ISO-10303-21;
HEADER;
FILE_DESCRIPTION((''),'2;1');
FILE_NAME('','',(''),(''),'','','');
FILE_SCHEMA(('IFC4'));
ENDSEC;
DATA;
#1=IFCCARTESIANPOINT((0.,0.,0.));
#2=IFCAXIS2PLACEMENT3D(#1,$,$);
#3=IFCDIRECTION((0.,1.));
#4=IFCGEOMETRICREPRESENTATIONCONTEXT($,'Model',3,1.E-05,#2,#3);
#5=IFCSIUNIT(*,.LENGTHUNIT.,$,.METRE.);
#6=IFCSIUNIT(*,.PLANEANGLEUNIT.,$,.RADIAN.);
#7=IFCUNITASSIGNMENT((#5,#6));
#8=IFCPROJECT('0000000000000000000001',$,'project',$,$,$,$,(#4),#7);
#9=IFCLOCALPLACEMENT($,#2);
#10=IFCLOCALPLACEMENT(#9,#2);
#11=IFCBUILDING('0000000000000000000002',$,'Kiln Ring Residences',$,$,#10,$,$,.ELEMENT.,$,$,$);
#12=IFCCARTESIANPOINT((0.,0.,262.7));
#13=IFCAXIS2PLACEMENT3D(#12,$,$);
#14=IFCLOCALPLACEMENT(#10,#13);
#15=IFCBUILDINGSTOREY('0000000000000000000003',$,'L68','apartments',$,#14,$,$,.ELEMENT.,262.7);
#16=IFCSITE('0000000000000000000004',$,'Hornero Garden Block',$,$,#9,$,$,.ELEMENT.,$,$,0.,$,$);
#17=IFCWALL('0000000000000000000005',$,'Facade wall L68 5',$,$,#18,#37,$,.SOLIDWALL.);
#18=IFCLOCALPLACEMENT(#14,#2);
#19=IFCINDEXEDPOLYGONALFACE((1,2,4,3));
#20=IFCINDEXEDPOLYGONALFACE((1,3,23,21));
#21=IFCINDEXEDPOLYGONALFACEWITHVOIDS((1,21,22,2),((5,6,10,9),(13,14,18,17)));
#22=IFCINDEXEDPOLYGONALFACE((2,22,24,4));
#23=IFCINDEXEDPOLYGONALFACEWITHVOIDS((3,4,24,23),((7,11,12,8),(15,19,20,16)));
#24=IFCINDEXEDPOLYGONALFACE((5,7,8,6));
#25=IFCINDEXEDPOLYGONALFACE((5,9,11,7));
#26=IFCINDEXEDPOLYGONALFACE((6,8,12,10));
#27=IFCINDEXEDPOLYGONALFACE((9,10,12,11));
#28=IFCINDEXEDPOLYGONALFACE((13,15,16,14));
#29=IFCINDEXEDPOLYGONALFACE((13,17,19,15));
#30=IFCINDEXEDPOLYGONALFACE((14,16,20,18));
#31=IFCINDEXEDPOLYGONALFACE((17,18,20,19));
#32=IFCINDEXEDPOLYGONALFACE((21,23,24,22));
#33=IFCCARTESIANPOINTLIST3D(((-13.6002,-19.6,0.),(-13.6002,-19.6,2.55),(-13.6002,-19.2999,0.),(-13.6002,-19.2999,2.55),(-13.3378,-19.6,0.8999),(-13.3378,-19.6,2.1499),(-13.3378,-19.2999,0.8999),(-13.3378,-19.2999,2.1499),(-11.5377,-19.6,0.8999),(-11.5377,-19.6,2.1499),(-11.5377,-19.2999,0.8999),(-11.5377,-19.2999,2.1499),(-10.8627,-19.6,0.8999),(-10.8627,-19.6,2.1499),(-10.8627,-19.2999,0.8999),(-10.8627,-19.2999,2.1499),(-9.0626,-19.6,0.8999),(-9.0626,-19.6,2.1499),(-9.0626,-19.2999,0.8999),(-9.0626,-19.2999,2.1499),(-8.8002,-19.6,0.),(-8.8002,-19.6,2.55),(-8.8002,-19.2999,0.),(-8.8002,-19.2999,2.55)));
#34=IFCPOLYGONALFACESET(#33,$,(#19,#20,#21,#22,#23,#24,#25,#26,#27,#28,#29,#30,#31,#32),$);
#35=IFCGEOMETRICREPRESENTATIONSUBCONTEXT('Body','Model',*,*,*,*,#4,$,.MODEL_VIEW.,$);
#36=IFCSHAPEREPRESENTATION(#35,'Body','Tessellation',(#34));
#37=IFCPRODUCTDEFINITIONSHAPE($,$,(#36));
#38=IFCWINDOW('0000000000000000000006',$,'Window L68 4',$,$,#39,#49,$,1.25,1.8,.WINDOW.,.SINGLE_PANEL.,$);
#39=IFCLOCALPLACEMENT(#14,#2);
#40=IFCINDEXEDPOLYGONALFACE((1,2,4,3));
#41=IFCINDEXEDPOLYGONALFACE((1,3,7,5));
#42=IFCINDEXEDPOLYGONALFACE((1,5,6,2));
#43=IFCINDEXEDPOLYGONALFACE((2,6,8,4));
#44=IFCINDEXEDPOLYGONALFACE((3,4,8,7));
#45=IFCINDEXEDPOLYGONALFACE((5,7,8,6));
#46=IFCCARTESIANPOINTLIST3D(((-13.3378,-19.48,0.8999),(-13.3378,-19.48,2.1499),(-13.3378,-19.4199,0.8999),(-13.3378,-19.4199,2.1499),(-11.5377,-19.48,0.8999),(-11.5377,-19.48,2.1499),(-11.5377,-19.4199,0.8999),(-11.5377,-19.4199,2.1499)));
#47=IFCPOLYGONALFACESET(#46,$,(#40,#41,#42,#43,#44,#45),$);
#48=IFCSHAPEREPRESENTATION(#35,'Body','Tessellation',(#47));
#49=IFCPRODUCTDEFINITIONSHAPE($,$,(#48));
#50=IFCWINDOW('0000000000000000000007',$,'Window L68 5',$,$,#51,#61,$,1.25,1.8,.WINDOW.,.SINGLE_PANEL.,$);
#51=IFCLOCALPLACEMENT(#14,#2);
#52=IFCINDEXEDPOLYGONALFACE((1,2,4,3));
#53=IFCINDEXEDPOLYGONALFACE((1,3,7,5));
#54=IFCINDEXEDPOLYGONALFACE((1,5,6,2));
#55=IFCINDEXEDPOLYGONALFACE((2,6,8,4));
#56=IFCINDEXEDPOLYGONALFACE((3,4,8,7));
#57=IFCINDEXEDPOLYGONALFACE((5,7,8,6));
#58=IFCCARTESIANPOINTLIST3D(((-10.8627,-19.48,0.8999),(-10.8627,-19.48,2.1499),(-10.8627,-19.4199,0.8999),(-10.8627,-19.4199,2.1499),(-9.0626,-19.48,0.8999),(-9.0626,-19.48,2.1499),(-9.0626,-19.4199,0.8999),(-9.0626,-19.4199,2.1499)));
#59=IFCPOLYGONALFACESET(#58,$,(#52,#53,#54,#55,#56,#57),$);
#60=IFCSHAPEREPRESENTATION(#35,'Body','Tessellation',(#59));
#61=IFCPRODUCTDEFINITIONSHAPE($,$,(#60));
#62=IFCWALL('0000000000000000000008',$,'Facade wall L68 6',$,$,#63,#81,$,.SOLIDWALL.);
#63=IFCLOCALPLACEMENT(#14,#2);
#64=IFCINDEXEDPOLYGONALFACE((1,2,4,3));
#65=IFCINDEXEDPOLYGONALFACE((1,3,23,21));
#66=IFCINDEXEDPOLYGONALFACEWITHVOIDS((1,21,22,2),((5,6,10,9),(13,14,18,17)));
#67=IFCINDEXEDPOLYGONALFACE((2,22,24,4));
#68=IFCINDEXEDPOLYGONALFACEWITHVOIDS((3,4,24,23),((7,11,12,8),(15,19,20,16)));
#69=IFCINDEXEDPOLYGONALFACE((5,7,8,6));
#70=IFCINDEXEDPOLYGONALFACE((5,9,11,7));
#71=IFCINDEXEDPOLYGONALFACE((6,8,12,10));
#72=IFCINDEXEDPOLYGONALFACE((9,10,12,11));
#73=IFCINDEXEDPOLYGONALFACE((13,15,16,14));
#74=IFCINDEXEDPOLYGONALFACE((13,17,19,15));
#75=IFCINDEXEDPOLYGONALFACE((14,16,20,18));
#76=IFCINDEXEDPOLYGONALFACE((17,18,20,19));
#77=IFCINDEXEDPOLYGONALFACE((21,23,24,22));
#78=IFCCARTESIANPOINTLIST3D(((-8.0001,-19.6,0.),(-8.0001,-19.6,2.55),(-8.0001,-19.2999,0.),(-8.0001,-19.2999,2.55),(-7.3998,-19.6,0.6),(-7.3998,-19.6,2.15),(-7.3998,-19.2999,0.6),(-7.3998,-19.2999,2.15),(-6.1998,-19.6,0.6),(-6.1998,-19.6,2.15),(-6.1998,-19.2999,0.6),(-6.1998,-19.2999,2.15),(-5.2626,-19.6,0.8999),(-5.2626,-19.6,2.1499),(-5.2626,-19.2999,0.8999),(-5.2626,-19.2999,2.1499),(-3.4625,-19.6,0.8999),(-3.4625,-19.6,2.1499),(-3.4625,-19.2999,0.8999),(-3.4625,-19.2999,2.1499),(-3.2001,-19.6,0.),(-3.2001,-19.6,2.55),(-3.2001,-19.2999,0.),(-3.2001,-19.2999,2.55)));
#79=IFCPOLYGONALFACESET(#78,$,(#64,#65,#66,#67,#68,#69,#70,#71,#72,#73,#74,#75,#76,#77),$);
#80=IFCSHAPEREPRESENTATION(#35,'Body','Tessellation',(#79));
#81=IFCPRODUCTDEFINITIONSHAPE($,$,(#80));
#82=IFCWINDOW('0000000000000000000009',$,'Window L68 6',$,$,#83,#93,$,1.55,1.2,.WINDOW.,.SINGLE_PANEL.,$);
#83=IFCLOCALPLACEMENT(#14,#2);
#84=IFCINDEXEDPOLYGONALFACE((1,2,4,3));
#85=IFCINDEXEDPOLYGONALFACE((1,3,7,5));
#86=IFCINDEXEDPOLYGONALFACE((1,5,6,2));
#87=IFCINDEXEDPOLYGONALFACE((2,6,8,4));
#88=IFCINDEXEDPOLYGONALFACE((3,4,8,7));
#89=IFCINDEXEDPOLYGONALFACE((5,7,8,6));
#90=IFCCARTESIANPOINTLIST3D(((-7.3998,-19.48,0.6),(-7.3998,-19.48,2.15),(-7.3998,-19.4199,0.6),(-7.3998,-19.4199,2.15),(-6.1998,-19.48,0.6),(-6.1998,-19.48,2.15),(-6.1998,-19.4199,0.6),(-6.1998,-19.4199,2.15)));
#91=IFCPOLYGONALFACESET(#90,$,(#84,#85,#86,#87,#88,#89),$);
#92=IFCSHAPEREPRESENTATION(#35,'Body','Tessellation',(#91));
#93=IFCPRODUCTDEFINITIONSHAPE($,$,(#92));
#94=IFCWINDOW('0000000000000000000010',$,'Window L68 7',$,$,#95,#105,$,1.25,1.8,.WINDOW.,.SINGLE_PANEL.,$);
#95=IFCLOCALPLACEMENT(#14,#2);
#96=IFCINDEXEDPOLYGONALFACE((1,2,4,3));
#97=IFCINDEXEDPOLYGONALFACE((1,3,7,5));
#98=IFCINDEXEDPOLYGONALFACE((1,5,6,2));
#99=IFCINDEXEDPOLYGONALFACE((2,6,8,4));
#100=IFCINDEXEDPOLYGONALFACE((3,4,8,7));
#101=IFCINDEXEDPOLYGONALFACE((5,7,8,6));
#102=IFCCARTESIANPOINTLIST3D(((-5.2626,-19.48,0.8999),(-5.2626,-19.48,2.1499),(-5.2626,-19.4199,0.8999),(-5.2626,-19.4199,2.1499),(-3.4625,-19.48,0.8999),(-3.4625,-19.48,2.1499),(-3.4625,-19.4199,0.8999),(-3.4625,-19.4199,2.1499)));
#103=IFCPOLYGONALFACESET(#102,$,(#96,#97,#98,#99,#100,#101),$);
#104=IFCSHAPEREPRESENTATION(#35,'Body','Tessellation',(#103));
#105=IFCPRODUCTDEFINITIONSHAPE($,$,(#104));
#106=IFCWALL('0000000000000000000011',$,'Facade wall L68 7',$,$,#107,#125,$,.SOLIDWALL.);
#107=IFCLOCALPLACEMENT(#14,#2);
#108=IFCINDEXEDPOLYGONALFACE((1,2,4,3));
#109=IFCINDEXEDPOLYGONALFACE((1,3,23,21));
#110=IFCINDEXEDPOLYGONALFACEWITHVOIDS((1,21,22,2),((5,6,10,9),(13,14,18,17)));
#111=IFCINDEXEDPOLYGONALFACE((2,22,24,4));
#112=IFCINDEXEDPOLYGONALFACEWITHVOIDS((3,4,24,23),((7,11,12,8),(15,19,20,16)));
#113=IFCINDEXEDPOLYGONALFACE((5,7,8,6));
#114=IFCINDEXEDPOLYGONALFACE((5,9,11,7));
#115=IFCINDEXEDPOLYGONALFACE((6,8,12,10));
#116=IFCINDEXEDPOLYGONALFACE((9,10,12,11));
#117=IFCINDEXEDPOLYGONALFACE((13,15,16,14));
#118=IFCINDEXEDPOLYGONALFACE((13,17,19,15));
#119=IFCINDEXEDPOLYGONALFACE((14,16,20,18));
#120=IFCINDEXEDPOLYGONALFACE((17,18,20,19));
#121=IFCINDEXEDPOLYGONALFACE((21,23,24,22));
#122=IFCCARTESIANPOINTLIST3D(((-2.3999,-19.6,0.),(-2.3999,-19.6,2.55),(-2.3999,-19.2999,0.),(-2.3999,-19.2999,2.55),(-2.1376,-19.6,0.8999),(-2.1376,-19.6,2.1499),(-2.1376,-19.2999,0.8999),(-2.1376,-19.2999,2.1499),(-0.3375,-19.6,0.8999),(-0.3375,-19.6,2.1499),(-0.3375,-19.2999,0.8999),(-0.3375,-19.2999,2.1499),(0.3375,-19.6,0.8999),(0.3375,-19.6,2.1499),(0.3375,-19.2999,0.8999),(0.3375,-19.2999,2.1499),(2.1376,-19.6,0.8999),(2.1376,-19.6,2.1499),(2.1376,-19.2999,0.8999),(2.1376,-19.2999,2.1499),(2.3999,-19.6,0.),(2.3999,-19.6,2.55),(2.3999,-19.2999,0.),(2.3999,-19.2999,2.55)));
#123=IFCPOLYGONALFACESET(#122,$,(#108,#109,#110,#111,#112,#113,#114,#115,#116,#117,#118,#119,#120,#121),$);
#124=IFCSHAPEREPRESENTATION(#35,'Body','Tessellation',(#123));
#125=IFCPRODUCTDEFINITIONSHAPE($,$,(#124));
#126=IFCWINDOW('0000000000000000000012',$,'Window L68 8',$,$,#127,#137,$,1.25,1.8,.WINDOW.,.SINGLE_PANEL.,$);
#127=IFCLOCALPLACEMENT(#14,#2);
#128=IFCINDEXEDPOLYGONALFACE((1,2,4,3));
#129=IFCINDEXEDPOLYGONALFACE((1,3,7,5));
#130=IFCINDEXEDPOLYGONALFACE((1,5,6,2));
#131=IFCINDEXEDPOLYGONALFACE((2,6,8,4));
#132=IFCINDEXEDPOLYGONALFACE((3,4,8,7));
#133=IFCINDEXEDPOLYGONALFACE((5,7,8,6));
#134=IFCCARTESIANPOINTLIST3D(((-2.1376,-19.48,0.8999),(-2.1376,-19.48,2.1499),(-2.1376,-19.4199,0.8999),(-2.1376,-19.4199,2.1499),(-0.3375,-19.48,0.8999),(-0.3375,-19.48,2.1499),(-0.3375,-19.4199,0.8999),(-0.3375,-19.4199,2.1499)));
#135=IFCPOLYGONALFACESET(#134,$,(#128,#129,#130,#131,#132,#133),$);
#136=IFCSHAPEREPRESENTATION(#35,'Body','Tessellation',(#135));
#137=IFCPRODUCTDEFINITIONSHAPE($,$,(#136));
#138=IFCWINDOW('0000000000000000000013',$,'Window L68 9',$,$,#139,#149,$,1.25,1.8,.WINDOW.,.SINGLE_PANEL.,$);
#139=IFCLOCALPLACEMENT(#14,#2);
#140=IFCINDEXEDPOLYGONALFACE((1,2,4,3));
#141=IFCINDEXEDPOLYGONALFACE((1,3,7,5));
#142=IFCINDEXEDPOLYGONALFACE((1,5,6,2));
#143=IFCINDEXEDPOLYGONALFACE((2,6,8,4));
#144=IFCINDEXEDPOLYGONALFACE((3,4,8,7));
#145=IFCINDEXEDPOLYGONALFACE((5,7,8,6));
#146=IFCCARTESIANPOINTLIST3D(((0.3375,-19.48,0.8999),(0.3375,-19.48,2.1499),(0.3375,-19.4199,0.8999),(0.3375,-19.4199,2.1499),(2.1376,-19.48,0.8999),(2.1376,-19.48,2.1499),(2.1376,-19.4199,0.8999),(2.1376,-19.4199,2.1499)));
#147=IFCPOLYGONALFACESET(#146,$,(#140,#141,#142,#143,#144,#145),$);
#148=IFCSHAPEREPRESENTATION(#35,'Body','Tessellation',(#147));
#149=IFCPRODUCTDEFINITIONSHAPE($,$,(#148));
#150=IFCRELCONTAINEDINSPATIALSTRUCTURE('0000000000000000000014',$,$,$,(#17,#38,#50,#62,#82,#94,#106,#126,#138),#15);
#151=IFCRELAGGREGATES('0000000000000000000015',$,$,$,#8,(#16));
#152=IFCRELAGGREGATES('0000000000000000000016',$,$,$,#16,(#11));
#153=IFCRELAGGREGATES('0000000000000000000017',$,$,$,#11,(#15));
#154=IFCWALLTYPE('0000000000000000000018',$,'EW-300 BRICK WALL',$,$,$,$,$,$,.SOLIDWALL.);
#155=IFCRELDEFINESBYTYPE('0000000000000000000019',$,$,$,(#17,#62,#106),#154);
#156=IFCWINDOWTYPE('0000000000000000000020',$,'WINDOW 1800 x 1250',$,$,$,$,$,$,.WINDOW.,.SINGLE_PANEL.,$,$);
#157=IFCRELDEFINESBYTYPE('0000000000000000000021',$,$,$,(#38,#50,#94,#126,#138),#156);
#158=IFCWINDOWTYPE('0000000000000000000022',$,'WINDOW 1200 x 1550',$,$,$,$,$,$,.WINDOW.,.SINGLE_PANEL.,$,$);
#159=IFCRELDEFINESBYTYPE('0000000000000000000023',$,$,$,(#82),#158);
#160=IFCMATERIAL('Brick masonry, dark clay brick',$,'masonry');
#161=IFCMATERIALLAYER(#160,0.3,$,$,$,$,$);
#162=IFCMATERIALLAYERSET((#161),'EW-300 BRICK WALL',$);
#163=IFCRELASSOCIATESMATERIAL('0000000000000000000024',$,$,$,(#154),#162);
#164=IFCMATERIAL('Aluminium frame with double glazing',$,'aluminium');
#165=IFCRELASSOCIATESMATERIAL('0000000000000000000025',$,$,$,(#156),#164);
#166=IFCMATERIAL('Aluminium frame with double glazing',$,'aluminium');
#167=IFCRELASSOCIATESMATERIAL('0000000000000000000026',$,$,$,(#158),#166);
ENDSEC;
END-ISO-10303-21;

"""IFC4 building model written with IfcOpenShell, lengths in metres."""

from ifc_helpers import new_model, si_unit, direction, frame, frame_2d, origin, place, context, subcontext, project, spatial, rectangle, extrude, material, layer, layer_set, type_object, element, fill, save


model = new_model("IFC4")

# Units and contexts
model_context = context("Model", 3, precision=1e-05, world=origin(), true_north=direction((0.0, 1.0)))
body_context = subcontext(model_context, "Body", "Model", "MODEL_VIEW")
ifc_project = project(units=[si_unit("LENGTHUNIT", "METRE"), si_unit("PLANEANGLEUNIT", "RADIAN")], contexts=[model_context])

# Site, building, storey
site_placement = place(None, origin())
site = spatial("IfcSite", under=ifc_project, at=site_placement, Name="Hornero Garden Block", CompositionType="ELEMENT", RefElevation=0.0)
building_placement = place(site_placement, origin())
building = spatial("IfcBuilding", under=site, at=building_placement, Name="Kiln Ring Residences", CompositionType="ELEMENT")
storey_placement = place(building_placement, frame((0.0, 0.0, 262.7)))
storey = spatial("IfcBuildingStorey", under=building, at=storey_placement, Name="L68", Description="apartments", CompositionType="ELEMENT", Elevation=262.7)

# Shared definitions
ifc_material_1 = material(Name="Brick masonry, dark clay brick", Category="masonry")
ifc_layer_1 = layer(ifc_material_1, 0.3)
ifc_layer_set_1 = layer_set([ifc_layer_1], Name="EW-300 BRICK WALL")
wall_type_1 = type_object("IfcWallType", Name="EW-300 BRICK WALL", PredefinedType="SOLIDWALL", material=ifc_layer_set_1)
ifc_material_2 = material(Name="Aluminium frame with double glazing", Category="aluminium")
window_type_1 = type_object("IfcWindowType", Name="WINDOW 1800 x 1250", PartitioningType="SINGLE_PANEL", PredefinedType="WINDOW", material=ifc_material_2)

# Walls, openings, windows
wall_1_placement = place(storey_placement, frame((-13.6001, -19.45, 0.0), z_axis=(0.0, 0.0, 1.0), x_axis=(1.0, 0.0, 0.0)))
wall_1 = element("IfcWall", 1, at=wall_1_placement, inside=storey, type_object=wall_type_1, Name="Facade wall L68 5", PredefinedType="SOLIDWALL", context=body_context, shape_type="SweptSolid", body=[
    extrude(rectangle(XDim=4.8, YDim=0.3, at=frame_2d((2.3999, 0.0))), origin(), (0.0, 0.0, 1.0), 2.55),
])
opening_1_placement = place(wall_1_placement, frame((0.2625, 0.0, 0.8999)))
opening_1 = element("IfcOpeningElement", 2, at=opening_1_placement, cuts=wall_1, PredefinedType="OPENING", context=body_context, shape_type="SweptSolid", body=[
    extrude(rectangle(XDim=1.8, YDim=1.25, at=frame_2d((0.8999, 0.625))), frame((0.0, 0.1599, 0.0), z_axis=(0.0, -1.0, 0.0), x_axis=(1.0, 0.0, 0.0)), (0.0, 0.0, 1.0), 0.3201),
])
opening_2_placement = place(wall_1_placement, frame((2.7375, 0.0, 0.8999)))
opening_2 = element("IfcOpeningElement", 3, at=opening_2_placement, cuts=wall_1, PredefinedType="OPENING", context=body_context, shape_type="SweptSolid", body=[
    extrude(rectangle(XDim=1.8, YDim=1.25, at=frame_2d((0.8999, 0.625))), frame((0.0, 0.1599, 0.0), z_axis=(0.0, -1.0, 0.0), x_axis=(1.0, 0.0, 0.0)), (0.0, 0.0, 1.0), 0.3201),
])
window_1_placement = place(opening_1_placement, origin())
window_1 = element("IfcWindow", 4, at=window_1_placement, inside=storey, type_object=window_type_1, Name="Window L68 4", OverallHeight=1.25, OverallWidth=1.8, PartitioningType="SINGLE_PANEL", PredefinedType="WINDOW", context=body_context, shape_type="SweptSolid", body=[
    extrude(rectangle(XDim=1.8, YDim=1.25, at=frame_2d((0.8999, 0.625))), frame((0.0, 0.03, 0.0), z_axis=(0.0, -1.0, 0.0), x_axis=(1.0, 0.0, 0.0)), (0.0, 0.0, 1.0), 0.0601),
])
fill(opening_1, window_1)
window_2_placement = place(opening_2_placement, origin())
window_2 = element("IfcWindow", 5, at=window_2_placement, inside=storey, type_object=window_type_1, Name="Window L68 5", OverallHeight=1.25, OverallWidth=1.8, PartitioningType="SINGLE_PANEL", PredefinedType="WINDOW", context=body_context, shape_type="SweptSolid", body=[
    extrude(rectangle(XDim=1.8, YDim=1.25, at=frame_2d((0.8999, 0.625))), frame((0.0, 0.03, 0.0), z_axis=(0.0, -1.0, 0.0), x_axis=(1.0, 0.0, 0.0)), (0.0, 0.0, 1.0), 0.0601),
])
fill(opening_2, window_2)
wall_2_placement = place(storey_placement, frame((-8.0, -19.45, 0.0), z_axis=(0.0, 0.0, 1.0), x_axis=(1.0, 0.0, 0.0)))
wall_2 = element("IfcWall", 6, at=wall_2_placement, inside=storey, type_object=wall_type_1, Name="Facade wall L68 6", PredefinedType="SOLIDWALL", context=body_context, shape_type="SweptSolid", body=[
    extrude(rectangle(XDim=4.8, YDim=0.3, at=frame_2d((2.3999, 0.0))), origin(), (0.0, 0.0, 1.0), 2.55),
])
opening_3_placement = place(wall_2_placement, frame((0.6001, 0.0, 0.6001)))
opening_3 = element("IfcOpeningElement", 7, at=opening_3_placement, cuts=wall_2, PredefinedType="OPENING", context=body_context, shape_type="SweptSolid", body=[
    extrude(rectangle(XDim=1.2, YDim=1.55, at=frame_2d((0.6001, 0.7749))), frame((0.0, 0.1599, 0.0), z_axis=(0.0, -1.0, 0.0), x_axis=(1.0, 0.0, 0.0)), (0.0, 0.0, 1.0), 0.3201),
])
opening_4_placement = place(wall_2_placement, frame((2.7375, 0.0, 0.8999)))
opening_4 = element("IfcOpeningElement", 8, at=opening_4_placement, cuts=wall_2, PredefinedType="OPENING", context=body_context, shape_type="SweptSolid", body=[
    extrude(rectangle(XDim=1.8, YDim=1.25, at=frame_2d((0.8999, 0.625))), frame((0.0, 0.1599, 0.0), z_axis=(0.0, -1.0, 0.0), x_axis=(1.0, 0.0, 0.0)), (0.0, 0.0, 1.0), 0.3201),
])
ifc_material_3 = material(Name="Aluminium frame with double glazing", Category="aluminium")
window_type_2 = type_object("IfcWindowType", Name="WINDOW 1200 x 1550", PartitioningType="SINGLE_PANEL", PredefinedType="WINDOW", material=ifc_material_3)
window_3_placement = place(opening_3_placement, origin())
window_3 = element("IfcWindow", 9, at=window_3_placement, inside=storey, type_object=window_type_2, Name="Window L68 6", OverallHeight=1.55, OverallWidth=1.2, PartitioningType="SINGLE_PANEL", PredefinedType="WINDOW", context=body_context, shape_type="SweptSolid", body=[
    extrude(rectangle(XDim=1.2, YDim=1.55, at=frame_2d((0.6001, 0.7749))), frame((0.0, 0.03, 0.0), z_axis=(0.0, -1.0, 0.0), x_axis=(1.0, 0.0, 0.0)), (0.0, 0.0, 1.0), 0.0601),
])
fill(opening_3, window_3)
window_4_placement = place(opening_4_placement, origin())
window_4 = element("IfcWindow", 10, at=window_4_placement, inside=storey, type_object=window_type_1, Name="Window L68 7", OverallHeight=1.25, OverallWidth=1.8, PartitioningType="SINGLE_PANEL", PredefinedType="WINDOW", context=body_context, shape_type="SweptSolid", body=[
    extrude(rectangle(XDim=1.8, YDim=1.25, at=frame_2d((0.8999, 0.625))), frame((0.0, 0.03, 0.0), z_axis=(0.0, -1.0, 0.0), x_axis=(1.0, 0.0, 0.0)), (0.0, 0.0, 1.0), 0.0601),
])
fill(opening_4, window_4)
wall_3_placement = place(storey_placement, frame((-2.3999, -19.45, 0.0), z_axis=(0.0, 0.0, 1.0), x_axis=(1.0, 0.0, 0.0)))
wall_3 = element("IfcWall", 11, at=wall_3_placement, inside=storey, type_object=wall_type_1, Name="Facade wall L68 7", PredefinedType="SOLIDWALL", context=body_context, shape_type="SweptSolid", body=[
    extrude(rectangle(XDim=4.7998, YDim=0.3, at=frame_2d((2.3999, 0.0))), origin(), (0.0, 0.0, 1.0), 2.55),
])
opening_5_placement = place(wall_3_placement, frame((0.2625, 0.0, 0.8999)))
opening_5 = element("IfcOpeningElement", 12, at=opening_5_placement, cuts=wall_3, PredefinedType="OPENING", context=body_context, shape_type="SweptSolid", body=[
    extrude(rectangle(XDim=1.8, YDim=1.25, at=frame_2d((0.8999, 0.625))), frame((0.0, 0.1599, 0.0), z_axis=(0.0, -1.0, 0.0), x_axis=(1.0, 0.0, 0.0)), (0.0, 0.0, 1.0), 0.3201),
])
opening_6_placement = place(wall_3_placement, frame((2.7375, 0.0, 0.8999)))
opening_6 = element("IfcOpeningElement", 13, at=opening_6_placement, cuts=wall_3, PredefinedType="OPENING", context=body_context, shape_type="SweptSolid", body=[
    extrude(rectangle(XDim=1.8, YDim=1.25, at=frame_2d((0.8999, 0.625))), frame((0.0, 0.1599, 0.0), z_axis=(0.0, -1.0, 0.0), x_axis=(1.0, 0.0, 0.0)), (0.0, 0.0, 1.0), 0.3201),
])
window_5_placement = place(opening_5_placement, origin())
window_5 = element("IfcWindow", 14, at=window_5_placement, inside=storey, type_object=window_type_1, Name="Window L68 8", OverallHeight=1.25, OverallWidth=1.8, PartitioningType="SINGLE_PANEL", PredefinedType="WINDOW", context=body_context, shape_type="SweptSolid", body=[
    extrude(rectangle(XDim=1.8, YDim=1.25, at=frame_2d((0.8999, 0.625))), frame((0.0, 0.03, 0.0), z_axis=(0.0, -1.0, 0.0), x_axis=(1.0, 0.0, 0.0)), (0.0, 0.0, 1.0), 0.0601),
])
fill(opening_5, window_5)
window_6_placement = place(opening_6_placement, origin())
window_6 = element("IfcWindow", 15, at=window_6_placement, inside=storey, type_object=window_type_1, Name="Window L68 9", OverallHeight=1.25, OverallWidth=1.8, PartitioningType="SINGLE_PANEL", PredefinedType="WINDOW", context=body_context, shape_type="SweptSolid", body=[
    extrude(rectangle(XDim=1.8, YDim=1.25, at=frame_2d((0.8999, 0.625))), frame((0.0, 0.03, 0.0), z_axis=(0.0, -1.0, 0.0), x_axis=(1.0, 0.0, 0.0)), (0.0, 0.0, 1.0), 0.0601),
])
fill(opening_6, window_6)

save(model, "model.ifc")
